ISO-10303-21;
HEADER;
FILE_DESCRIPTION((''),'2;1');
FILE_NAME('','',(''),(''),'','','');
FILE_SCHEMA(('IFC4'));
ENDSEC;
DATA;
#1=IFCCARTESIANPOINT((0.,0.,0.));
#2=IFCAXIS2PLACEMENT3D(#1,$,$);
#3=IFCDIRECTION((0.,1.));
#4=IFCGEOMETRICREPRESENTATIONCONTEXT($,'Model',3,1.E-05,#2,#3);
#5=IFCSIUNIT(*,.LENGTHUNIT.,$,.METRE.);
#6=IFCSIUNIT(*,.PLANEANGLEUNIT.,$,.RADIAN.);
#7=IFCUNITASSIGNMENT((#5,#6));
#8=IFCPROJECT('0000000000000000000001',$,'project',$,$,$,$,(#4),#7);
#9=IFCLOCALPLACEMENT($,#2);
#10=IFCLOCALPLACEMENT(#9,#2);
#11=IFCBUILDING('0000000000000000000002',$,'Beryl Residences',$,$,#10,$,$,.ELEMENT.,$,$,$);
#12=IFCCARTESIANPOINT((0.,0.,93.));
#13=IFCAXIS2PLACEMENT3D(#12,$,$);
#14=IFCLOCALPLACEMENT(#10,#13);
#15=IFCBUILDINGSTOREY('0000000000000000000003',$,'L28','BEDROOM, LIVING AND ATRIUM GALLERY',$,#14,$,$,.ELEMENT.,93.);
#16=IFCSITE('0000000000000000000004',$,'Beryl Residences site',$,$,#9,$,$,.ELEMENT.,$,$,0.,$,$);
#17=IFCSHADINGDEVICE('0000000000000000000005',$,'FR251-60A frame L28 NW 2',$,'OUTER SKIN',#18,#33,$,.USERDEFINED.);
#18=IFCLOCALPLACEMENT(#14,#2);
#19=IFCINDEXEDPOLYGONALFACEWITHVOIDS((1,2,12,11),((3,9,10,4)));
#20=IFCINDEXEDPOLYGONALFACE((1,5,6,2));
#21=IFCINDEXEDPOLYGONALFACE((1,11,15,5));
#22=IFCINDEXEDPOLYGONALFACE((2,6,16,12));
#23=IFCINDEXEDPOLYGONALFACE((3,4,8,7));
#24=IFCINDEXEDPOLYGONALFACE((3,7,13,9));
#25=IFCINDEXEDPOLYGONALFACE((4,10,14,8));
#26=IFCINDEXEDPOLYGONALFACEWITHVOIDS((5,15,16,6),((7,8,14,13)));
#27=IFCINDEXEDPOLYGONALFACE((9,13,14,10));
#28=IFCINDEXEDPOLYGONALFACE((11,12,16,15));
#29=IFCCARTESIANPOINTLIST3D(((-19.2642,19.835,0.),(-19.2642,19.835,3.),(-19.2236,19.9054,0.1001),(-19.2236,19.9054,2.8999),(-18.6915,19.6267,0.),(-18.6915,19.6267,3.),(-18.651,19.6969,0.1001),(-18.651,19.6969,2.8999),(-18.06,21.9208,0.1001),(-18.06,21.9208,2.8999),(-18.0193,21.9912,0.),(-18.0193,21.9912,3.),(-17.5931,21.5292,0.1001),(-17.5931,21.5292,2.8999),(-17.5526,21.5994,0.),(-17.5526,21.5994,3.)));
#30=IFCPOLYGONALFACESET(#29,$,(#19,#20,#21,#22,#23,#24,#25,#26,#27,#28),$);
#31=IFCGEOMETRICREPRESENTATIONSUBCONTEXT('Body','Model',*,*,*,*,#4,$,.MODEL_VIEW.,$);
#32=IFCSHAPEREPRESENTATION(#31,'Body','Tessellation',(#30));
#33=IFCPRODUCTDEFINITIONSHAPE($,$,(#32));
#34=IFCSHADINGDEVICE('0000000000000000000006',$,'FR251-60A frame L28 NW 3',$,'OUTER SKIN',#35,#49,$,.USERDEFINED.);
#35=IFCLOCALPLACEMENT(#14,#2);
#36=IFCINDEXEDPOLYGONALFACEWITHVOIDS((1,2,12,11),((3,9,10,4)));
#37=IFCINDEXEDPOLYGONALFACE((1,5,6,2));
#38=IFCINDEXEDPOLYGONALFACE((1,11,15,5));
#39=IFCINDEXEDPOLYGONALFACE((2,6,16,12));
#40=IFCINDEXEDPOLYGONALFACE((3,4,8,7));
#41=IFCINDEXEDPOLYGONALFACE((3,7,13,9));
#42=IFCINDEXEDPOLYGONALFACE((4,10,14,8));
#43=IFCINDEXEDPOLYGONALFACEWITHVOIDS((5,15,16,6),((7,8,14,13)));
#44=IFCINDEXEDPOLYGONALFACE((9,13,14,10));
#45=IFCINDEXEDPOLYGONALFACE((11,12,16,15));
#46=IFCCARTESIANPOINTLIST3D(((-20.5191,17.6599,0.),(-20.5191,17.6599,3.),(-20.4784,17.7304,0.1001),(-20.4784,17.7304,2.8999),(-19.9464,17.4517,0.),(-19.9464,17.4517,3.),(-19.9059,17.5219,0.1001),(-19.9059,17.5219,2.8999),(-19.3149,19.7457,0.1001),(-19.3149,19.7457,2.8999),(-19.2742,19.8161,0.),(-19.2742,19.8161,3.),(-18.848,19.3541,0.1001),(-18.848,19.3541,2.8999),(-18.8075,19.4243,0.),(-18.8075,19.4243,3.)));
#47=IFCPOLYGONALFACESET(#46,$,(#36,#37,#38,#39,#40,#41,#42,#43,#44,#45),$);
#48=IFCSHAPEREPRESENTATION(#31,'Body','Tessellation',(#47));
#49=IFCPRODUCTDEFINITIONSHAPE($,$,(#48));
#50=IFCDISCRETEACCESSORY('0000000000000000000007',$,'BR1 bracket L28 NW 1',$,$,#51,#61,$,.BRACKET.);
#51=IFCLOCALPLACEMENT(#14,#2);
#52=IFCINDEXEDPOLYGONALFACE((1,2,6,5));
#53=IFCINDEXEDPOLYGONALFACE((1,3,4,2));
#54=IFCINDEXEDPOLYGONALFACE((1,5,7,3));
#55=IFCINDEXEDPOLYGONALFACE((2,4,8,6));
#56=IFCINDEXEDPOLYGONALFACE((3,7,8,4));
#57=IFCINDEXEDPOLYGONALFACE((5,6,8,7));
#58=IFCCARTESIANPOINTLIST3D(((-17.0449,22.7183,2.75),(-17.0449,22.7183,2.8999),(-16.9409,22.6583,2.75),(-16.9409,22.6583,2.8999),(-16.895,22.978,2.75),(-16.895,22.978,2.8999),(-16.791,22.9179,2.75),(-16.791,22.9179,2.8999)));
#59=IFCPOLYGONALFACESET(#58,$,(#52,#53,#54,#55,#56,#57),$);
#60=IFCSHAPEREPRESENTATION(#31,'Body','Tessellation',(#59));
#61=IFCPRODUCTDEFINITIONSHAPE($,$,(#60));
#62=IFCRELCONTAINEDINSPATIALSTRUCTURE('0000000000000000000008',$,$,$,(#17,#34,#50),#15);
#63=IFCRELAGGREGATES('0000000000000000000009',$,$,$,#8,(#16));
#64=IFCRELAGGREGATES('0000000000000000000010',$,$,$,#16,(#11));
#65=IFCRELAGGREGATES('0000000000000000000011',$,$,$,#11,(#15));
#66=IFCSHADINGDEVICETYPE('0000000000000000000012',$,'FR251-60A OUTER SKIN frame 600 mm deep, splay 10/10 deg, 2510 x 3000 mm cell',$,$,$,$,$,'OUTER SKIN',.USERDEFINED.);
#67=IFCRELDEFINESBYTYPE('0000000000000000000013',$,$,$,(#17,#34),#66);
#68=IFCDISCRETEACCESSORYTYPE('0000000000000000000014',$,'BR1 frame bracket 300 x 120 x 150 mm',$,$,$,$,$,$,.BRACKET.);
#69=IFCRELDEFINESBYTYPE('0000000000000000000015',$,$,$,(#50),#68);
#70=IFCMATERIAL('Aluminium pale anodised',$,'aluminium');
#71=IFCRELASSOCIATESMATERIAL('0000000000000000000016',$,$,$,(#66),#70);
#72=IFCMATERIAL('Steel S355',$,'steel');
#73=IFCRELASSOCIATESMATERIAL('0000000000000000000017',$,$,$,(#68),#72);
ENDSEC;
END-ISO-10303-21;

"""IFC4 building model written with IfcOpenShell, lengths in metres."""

from ifc_helpers import new_model, entity, si_unit, direction, frame, origin, place, context, subcontext, project, spatial, polyline, outline, extrude, source, transform, mapped, material, type_object, type_shapes, element, save


model = new_model("IFC4")

# Units and contexts
model_context = context("Model", 3, precision=1e-05, world=origin(), true_north=direction((0.0, 1.0)))
body_context = subcontext(model_context, "Body", "Model", "MODEL_VIEW")
ifc_project = project(units=[si_unit("LENGTHUNIT", "METRE"), si_unit("PLANEANGLEUNIT", "RADIAN")], contexts=[model_context])

# Site, building, storey
site_placement = place(None, origin())
site = spatial("IfcSite", under=ifc_project, at=site_placement, Name="Beryl Residences site", CompositionType="ELEMENT", RefElevation=0.0)
building_placement = place(site_placement, origin())
building = spatial("IfcBuilding", under=site, at=building_placement, Name="Beryl Residences", CompositionType="ELEMENT")
storey_placement = place(building_placement, frame((0.0, 0.0, 93.0)))
storey = spatial("IfcBuildingStorey", under=building, at=storey_placement, Name="L28", Description="BEDROOM, LIVING AND ATRIUM GALLERY", CompositionType="ELEMENT", Elevation=93.0)

# Shading devices
ifc_material_1 = material(Name="Aluminium pale anodised", Category="aluminium")
shading_device_type_1 = type_object("IfcShadingDeviceType", Name="FR251-60A OUTER SKIN frame 600 mm deep, splay 10/10 deg, 2510 x 3000 mm cell", ElementType="OUTER SKIN", PredefinedType="USERDEFINED", material=ifc_material_1)
cartesian_point_1 = entity("IfcCartesianPoint", [-1.1389, 0.0])
cartesian_point_2 = entity("IfcCartesianPoint", [-1.0579, 0.1001])
cartesian_point_3 = entity("IfcCartesianPoint", [-1.2449, 0.0])
cartesian_point_4 = entity("IfcCartesianPoint", [-1.1636, 0.1001])
shared_shape_1 = source(origin(), body_context, "Body", "SweptSolid", [
    entity("IfcExtrudedAreaSolidTapered", entity("IfcArbitraryProfileDefWithVoids", "AREA", None, entity("IfcPolyline", [cartesian_point_1, entity("IfcCartesianPoint", [1.1389, 0.0]), entity("IfcCartesianPoint", [1.1389, 3.0]), entity("IfcCartesianPoint", [-1.1389, 3.0]), cartesian_point_1]), [entity("IfcPolyline", [cartesian_point_2, entity("IfcCartesianPoint", [1.0579, 0.1001]), entity("IfcCartesianPoint", [1.0579, 2.8999]), entity("IfcCartesianPoint", [-1.0579, 2.8999]), cartesian_point_2])]), entity("IfcAxis2Placement3D", entity("IfcCartesianPoint", [0.0, 0.0, 0.0]), entity("IfcDirection", [0.0, 1.0, 0.0]), entity("IfcDirection", [-1.0, 0.0, 0.0])), entity("IfcDirection", [0.0, 0.0, 1.0]), 0.6001, entity("IfcArbitraryProfileDefWithVoids", "AREA", None, entity("IfcPolyline", [cartesian_point_3, entity("IfcCartesianPoint", [1.2449, 0.0]), entity("IfcCartesianPoint", [1.2449, 3.0]), entity("IfcCartesianPoint", [-1.2449, 3.0]), cartesian_point_3]), [entity("IfcPolyline", [cartesian_point_4, entity("IfcCartesianPoint", [1.1636, 0.1001]), entity("IfcCartesianPoint", [1.1636, 2.8999]), entity("IfcCartesianPoint", [-1.1636, 2.8999]), cartesian_point_4])])),
])
type_shapes(shading_device_type_1, [shared_shape_1])
for number, where, z_axis, x_axis, name in (
    (1, (-18.1221, 20.613, 0.0), (0.0, 0.0, 1.0), (0.5, 0.866025, 0.0), "FR251-60A frame L28 NW 2"),
    (2, (-19.377, 18.438, 0.0), (0.0, 0.0, 1.0), (0.5, 0.866025, 0.0), "FR251-60A frame L28 NW 3"),
):
    element("IfcShadingDevice", number, at=place(storey_placement, frame(where, z_axis=z_axis, x_axis=x_axis)), inside=storey, type_object=shading_device_type_1, Name=name, ObjectType="OUTER SKIN", PredefinedType="USERDEFINED", context=body_context, shape_type="MappedRepresentation", body=[
        mapped(shared_shape_1, transform((0.0, 0.0, 0.0))),
    ])

# Discrete accessory
ifc_material_2 = material(Name="Steel S355", Category="steel")
discrete_accessory_type = type_object("IfcDiscreteAccessoryType", Name="BR1 frame bracket 300 x 120 x 150 mm", PredefinedType="BRACKET", material=ifc_material_2)
shared_shape_2 = source(origin(), body_context, "Body", "SweptSolid", [
    extrude(outline(polyline([(-0.1499, 0.0), (0.1499, 0.0), (0.1499, 0.1201), (-0.1499, 0.1201), (-0.1499, 0.0)])), origin(), (0.0, 0.0, 1.0), 0.1499),
])
type_shapes(discrete_accessory_type, [shared_shape_2])
discrete_accessory_placement = place(storey_placement, frame((-16.866, 22.7881, 2.75), z_axis=(0.0, 0.0, 1.0), x_axis=(0.5, 0.866025, 0.0)))
element("IfcDiscreteAccessory", 3, at=discrete_accessory_placement, inside=storey, type_object=discrete_accessory_type, Name="BR1 bracket L28 NW 1", PredefinedType="BRACKET", context=body_context, shape_type="MappedRepresentation", body=[
    mapped(shared_shape_2, transform((0.0, 0.0, 0.0))),
])

save(model, "model.ifc")
